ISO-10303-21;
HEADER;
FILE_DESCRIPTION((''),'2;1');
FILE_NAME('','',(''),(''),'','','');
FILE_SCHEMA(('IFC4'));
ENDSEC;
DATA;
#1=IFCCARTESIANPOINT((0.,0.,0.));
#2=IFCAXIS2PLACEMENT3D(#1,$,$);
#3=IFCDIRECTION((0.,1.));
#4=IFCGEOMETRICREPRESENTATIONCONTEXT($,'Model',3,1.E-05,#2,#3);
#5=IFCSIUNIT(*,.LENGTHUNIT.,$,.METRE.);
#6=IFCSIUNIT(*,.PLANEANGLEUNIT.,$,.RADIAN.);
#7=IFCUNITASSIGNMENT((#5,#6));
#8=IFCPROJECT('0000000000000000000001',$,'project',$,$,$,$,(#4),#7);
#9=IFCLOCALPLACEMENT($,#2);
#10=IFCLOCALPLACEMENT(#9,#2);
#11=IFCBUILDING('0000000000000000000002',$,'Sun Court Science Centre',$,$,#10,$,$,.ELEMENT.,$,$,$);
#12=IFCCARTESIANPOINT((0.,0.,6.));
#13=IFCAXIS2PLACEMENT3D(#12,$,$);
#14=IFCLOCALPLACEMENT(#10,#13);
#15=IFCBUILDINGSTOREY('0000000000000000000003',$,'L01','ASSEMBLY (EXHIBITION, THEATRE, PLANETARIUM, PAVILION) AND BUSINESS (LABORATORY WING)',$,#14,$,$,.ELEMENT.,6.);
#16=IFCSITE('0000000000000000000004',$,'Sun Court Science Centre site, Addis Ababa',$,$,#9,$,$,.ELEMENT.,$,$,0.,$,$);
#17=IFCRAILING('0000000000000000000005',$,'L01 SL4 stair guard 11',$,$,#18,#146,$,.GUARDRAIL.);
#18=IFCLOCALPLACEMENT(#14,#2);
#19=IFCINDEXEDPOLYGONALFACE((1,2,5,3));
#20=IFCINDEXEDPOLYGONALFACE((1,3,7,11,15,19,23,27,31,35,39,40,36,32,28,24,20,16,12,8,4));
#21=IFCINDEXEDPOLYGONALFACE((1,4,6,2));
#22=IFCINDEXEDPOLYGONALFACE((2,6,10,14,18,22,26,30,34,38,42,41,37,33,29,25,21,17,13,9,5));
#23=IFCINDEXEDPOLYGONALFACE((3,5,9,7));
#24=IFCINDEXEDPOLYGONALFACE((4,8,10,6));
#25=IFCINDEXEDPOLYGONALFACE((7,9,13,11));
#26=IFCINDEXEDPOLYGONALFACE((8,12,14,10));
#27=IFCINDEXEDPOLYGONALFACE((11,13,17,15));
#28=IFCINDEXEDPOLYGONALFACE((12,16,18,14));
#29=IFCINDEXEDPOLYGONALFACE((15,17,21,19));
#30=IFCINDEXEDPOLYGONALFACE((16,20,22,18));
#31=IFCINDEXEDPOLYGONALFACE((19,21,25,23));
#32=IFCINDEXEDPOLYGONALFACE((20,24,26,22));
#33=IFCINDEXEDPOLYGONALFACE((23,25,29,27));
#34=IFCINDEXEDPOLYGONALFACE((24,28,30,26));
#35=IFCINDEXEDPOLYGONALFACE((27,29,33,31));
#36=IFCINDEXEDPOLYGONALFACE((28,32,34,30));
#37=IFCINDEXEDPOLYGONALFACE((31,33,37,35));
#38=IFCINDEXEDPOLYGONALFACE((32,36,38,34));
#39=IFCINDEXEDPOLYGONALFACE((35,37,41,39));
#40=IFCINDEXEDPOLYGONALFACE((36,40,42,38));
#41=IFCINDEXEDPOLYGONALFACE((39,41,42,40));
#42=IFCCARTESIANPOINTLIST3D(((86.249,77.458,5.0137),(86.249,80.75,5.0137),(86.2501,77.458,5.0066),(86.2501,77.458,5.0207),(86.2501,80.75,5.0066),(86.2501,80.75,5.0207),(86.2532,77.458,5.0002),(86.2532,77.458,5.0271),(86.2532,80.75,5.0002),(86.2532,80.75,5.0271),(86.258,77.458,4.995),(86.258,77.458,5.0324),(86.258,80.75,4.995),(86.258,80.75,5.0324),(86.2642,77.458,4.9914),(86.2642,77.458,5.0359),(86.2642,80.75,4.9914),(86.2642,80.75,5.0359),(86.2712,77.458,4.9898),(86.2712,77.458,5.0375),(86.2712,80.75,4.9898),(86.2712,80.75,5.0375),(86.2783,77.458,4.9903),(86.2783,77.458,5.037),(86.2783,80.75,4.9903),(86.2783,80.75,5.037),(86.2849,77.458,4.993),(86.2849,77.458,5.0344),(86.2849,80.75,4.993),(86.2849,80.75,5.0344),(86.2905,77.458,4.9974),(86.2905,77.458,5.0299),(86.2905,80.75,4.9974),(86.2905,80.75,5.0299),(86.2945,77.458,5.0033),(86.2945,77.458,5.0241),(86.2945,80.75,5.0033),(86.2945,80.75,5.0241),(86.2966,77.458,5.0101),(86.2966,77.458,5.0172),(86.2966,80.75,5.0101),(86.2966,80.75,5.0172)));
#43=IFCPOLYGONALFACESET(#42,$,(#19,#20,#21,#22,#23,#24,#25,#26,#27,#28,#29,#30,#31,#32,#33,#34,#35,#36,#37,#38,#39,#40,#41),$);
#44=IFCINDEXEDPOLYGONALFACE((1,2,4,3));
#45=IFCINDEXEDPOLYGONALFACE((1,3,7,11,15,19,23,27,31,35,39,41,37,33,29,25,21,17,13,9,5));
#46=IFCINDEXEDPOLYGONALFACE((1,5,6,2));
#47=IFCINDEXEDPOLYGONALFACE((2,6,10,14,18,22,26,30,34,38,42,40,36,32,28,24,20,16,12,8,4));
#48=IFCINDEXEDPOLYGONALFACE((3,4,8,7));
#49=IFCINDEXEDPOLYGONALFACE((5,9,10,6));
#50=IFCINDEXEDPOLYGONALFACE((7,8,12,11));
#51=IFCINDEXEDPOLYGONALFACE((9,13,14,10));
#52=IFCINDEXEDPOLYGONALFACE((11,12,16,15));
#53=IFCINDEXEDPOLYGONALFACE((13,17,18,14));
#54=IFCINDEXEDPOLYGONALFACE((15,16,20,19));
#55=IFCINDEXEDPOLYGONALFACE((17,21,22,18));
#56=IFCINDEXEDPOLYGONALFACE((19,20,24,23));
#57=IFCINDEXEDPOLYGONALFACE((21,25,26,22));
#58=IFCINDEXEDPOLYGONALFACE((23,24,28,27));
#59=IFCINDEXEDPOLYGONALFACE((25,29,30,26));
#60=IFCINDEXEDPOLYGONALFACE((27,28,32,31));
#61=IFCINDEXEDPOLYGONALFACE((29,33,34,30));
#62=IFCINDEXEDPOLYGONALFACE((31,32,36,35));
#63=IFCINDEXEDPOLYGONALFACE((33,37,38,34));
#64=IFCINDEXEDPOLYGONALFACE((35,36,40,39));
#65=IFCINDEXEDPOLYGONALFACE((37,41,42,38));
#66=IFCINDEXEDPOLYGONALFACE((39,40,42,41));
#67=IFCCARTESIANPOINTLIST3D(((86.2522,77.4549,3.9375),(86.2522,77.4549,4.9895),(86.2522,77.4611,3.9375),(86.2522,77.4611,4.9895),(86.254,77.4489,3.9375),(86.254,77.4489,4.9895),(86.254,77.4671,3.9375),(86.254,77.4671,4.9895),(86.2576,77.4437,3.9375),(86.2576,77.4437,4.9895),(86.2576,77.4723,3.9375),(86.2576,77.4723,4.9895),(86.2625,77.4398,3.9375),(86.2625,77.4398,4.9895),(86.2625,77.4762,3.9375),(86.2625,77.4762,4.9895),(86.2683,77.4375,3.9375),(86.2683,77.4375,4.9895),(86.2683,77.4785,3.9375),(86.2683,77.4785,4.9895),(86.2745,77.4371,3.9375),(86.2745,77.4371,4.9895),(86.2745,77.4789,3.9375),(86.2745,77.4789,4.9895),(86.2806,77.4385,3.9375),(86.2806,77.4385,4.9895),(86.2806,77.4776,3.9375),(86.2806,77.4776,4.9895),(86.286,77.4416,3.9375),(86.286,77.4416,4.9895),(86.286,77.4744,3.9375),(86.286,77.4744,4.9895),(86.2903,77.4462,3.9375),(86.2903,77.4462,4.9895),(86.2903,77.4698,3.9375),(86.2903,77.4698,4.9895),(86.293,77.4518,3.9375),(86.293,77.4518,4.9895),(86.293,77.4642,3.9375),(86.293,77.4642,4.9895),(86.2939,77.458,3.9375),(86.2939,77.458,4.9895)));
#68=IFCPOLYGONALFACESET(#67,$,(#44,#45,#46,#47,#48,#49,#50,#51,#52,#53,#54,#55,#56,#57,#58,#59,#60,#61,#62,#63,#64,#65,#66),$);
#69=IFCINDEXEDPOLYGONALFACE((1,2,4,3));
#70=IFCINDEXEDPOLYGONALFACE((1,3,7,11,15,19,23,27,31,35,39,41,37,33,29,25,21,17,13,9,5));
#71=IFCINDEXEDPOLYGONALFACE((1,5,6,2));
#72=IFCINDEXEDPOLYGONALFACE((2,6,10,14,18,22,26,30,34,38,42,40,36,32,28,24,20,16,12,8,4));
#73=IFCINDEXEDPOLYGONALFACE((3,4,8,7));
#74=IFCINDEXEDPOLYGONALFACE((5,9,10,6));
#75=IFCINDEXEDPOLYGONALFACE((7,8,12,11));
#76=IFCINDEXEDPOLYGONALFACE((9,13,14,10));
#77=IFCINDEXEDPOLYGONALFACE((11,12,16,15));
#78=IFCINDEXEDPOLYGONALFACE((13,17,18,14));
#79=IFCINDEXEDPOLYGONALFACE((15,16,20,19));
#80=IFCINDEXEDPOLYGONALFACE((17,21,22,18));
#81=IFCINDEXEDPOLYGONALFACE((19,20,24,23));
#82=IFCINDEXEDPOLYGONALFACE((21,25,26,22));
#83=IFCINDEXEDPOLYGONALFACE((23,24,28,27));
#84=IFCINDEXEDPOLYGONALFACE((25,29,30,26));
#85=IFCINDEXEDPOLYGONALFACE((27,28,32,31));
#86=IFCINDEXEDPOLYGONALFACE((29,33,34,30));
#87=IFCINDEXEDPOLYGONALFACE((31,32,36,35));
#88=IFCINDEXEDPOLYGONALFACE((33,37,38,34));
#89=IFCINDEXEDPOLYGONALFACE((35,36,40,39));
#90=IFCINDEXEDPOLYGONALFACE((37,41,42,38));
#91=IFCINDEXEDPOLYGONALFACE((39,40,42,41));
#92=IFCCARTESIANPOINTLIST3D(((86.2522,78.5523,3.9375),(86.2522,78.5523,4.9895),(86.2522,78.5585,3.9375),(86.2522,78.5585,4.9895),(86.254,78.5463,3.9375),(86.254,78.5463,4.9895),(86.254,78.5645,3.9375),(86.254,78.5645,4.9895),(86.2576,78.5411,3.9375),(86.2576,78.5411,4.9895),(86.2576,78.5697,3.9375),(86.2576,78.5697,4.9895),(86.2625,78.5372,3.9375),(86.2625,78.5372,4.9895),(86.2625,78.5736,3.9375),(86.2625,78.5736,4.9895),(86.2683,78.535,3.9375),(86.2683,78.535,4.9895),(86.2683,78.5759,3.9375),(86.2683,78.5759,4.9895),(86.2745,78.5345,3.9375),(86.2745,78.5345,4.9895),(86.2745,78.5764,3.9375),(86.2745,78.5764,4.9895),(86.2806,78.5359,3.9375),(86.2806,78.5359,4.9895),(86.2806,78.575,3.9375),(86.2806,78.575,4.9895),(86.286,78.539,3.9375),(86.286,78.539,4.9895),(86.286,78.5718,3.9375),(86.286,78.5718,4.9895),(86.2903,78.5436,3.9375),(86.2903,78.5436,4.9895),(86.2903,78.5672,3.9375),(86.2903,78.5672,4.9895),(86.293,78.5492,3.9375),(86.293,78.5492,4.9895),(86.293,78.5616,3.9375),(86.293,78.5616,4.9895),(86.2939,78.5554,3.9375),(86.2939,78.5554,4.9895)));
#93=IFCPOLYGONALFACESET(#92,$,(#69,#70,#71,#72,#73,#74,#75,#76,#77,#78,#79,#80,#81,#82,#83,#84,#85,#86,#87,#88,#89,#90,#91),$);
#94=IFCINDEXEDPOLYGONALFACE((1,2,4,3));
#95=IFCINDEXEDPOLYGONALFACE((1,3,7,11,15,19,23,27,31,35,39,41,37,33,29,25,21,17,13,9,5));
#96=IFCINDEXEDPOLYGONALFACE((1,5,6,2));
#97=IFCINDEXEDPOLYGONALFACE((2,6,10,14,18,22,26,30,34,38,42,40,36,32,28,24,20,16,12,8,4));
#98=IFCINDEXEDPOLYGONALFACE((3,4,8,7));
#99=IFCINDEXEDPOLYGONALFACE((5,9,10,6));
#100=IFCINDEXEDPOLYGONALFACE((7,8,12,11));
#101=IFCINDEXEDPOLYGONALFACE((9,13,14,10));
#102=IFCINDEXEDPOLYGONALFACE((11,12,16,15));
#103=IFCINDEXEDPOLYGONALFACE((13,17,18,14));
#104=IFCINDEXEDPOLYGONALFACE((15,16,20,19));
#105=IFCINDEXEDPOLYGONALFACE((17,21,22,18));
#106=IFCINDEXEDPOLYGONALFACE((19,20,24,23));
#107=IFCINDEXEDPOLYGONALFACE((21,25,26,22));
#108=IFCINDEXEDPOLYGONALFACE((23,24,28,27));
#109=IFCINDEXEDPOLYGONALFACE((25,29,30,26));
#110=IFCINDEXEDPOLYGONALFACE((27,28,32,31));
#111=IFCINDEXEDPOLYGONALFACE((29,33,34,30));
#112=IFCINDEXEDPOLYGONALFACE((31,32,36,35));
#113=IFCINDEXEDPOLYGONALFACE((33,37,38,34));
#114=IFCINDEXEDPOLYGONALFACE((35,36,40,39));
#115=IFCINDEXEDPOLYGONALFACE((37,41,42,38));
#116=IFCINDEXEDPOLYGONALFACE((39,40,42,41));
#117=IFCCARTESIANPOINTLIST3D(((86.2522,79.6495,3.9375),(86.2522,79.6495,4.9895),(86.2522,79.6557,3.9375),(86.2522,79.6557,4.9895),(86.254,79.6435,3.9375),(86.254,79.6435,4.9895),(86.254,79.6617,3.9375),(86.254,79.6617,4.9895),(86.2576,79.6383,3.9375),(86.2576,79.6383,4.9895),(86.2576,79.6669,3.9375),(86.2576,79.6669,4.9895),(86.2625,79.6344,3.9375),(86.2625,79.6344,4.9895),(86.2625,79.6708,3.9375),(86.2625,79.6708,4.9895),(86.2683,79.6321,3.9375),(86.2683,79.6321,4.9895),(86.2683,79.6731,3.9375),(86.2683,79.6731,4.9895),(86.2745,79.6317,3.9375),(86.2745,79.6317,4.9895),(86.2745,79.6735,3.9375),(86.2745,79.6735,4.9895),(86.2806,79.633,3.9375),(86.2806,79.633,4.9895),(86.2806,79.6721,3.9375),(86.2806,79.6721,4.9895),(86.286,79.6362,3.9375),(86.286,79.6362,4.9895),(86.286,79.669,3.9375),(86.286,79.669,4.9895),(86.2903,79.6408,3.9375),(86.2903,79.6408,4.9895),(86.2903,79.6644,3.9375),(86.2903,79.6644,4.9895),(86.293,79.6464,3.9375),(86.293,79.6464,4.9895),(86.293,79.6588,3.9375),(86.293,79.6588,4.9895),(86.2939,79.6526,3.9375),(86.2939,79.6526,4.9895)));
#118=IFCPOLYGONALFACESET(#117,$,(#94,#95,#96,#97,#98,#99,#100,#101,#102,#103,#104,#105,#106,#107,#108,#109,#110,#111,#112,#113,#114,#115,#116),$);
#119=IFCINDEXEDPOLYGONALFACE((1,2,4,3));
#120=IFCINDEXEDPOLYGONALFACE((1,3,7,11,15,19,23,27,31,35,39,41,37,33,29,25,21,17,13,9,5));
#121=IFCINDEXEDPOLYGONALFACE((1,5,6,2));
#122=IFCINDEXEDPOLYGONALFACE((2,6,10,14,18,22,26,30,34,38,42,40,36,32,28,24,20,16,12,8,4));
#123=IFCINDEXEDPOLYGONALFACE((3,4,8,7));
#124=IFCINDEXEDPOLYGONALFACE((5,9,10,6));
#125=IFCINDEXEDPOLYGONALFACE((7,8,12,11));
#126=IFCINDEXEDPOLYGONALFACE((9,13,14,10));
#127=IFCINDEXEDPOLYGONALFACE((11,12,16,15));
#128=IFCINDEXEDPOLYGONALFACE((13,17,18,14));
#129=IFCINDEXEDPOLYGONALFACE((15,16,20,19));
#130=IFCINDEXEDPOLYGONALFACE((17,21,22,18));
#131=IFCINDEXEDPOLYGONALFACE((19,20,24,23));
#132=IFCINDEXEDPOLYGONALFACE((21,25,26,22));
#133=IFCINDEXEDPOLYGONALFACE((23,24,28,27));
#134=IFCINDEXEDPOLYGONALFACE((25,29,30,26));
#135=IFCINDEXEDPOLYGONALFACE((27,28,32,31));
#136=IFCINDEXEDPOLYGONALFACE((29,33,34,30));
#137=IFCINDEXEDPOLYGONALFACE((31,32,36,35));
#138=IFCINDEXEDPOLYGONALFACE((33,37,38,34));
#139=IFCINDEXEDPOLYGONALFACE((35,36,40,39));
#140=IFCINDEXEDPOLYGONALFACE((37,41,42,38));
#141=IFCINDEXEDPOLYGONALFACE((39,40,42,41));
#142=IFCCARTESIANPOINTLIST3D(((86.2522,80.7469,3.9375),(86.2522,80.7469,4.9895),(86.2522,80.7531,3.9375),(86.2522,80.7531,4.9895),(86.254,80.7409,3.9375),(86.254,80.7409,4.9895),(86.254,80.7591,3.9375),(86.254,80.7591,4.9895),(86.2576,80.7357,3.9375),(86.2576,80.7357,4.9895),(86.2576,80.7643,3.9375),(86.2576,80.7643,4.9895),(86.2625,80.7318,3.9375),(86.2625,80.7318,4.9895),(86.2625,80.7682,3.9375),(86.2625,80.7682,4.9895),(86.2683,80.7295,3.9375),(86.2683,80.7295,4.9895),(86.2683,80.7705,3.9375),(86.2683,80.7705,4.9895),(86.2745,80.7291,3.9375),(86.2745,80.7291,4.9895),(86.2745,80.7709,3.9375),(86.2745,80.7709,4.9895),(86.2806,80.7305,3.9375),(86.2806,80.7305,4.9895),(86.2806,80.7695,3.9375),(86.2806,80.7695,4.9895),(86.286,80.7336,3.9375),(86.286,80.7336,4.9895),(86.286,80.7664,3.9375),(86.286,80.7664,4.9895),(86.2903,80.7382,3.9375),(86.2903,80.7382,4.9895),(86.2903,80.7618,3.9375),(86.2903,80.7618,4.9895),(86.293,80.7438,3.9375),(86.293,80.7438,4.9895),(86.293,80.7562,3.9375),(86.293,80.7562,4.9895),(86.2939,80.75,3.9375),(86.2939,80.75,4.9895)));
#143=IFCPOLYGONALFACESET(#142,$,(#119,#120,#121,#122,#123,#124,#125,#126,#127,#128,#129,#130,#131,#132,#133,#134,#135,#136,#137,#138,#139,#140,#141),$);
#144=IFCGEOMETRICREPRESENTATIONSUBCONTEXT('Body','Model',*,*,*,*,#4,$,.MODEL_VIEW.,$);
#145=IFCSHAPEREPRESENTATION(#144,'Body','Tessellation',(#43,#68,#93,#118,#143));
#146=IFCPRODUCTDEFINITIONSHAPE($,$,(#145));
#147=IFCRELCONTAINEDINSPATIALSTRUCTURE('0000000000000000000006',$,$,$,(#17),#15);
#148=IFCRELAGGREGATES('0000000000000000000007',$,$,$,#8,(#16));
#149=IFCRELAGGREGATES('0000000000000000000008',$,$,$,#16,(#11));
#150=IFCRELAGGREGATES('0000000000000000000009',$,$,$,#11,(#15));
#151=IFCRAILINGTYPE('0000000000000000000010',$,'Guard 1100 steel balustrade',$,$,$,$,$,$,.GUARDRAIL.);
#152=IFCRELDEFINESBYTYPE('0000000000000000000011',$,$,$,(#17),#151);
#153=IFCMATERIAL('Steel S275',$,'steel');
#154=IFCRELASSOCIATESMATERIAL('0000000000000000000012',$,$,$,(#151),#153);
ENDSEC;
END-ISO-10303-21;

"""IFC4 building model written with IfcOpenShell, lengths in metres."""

from ifc_helpers import new_model, si_unit, direction, frame, origin, origin_2d, place, context, subcontext, project, spatial, circle, extrude, material, type_object, element, save


model = new_model("IFC4")

# Units and contexts
model_context = context("Model", 3, precision=1e-05, world=origin(), true_north=direction((0.0, 1.0)))
body_context = subcontext(model_context, "Body", "Model", "MODEL_VIEW")
ifc_project = project(units=[si_unit("LENGTHUNIT", "METRE"), si_unit("PLANEANGLEUNIT", "RADIAN")], contexts=[model_context])

# Site, building, storey
site_placement = place(None, origin())
site = spatial("IfcSite", under=ifc_project, at=site_placement, Name="Sun Court Science Centre site, Addis Ababa", CompositionType="ELEMENT", RefElevation=0.0)
building_placement = place(site_placement, origin())
building = spatial("IfcBuilding", under=site, at=building_placement, Name="Sun Court Science Centre", CompositionType="ELEMENT")
storey_placement = place(building_placement, frame((0.0, 0.0, 6.0)))
storey = spatial("IfcBuildingStorey", under=building, at=storey_placement, Name="L01", Description="ASSEMBLY (EXHIBITION, THEATRE, PLANETARIUM, PAVILION) AND BUSINESS (LABORATORY WING)", CompositionType="ELEMENT", Elevation=6.0)

# Railing
ifc_material_1 = material(Name="Steel S275", Category="steel")
railing_type_1 = type_object("IfcRailingType", Name="Guard 1100 steel balustrade", PredefinedType="GUARDRAIL", material=ifc_material_1)
railing_1_placement = place(storey_placement, frame((86.2729, 77.458, 3.9375)))
element("IfcRailing", 1, at=railing_1_placement, inside=storey, type_object=railing_type_1, Name="L01 SL4 stair guard 11", PredefinedType="GUARDRAIL", context=body_context, shape_type="SweptSolid", body=[
    extrude(circle(Radius=0.0239, at=origin_2d()), frame((0.0, 0.0, 1.0762), z_axis=(0.0, 1.0, 0.0), x_axis=(-1.0, 0.0, 0.0)), (0.0, 0.0, 1.0), 3.292),
    extrude(circle(Radius=0.021, at=origin_2d()), origin(), (0.0, 0.0, 1.0), 1.052),
    extrude(circle(Radius=0.021, at=origin_2d()), frame((0.0, 1.0974, 0.0)), (0.0, 0.0, 1.0), 1.052),
    extrude(circle(Radius=0.021, at=origin_2d()), frame((0.0, 2.1946, 0.0)), (0.0, 0.0, 1.0), 1.052),
    extrude(circle(Radius=0.021, at=origin_2d()), frame((0.0, 3.292, 0.0)), (0.0, 0.0, 1.0), 1.052),
])

save(model, "model.ifc")
